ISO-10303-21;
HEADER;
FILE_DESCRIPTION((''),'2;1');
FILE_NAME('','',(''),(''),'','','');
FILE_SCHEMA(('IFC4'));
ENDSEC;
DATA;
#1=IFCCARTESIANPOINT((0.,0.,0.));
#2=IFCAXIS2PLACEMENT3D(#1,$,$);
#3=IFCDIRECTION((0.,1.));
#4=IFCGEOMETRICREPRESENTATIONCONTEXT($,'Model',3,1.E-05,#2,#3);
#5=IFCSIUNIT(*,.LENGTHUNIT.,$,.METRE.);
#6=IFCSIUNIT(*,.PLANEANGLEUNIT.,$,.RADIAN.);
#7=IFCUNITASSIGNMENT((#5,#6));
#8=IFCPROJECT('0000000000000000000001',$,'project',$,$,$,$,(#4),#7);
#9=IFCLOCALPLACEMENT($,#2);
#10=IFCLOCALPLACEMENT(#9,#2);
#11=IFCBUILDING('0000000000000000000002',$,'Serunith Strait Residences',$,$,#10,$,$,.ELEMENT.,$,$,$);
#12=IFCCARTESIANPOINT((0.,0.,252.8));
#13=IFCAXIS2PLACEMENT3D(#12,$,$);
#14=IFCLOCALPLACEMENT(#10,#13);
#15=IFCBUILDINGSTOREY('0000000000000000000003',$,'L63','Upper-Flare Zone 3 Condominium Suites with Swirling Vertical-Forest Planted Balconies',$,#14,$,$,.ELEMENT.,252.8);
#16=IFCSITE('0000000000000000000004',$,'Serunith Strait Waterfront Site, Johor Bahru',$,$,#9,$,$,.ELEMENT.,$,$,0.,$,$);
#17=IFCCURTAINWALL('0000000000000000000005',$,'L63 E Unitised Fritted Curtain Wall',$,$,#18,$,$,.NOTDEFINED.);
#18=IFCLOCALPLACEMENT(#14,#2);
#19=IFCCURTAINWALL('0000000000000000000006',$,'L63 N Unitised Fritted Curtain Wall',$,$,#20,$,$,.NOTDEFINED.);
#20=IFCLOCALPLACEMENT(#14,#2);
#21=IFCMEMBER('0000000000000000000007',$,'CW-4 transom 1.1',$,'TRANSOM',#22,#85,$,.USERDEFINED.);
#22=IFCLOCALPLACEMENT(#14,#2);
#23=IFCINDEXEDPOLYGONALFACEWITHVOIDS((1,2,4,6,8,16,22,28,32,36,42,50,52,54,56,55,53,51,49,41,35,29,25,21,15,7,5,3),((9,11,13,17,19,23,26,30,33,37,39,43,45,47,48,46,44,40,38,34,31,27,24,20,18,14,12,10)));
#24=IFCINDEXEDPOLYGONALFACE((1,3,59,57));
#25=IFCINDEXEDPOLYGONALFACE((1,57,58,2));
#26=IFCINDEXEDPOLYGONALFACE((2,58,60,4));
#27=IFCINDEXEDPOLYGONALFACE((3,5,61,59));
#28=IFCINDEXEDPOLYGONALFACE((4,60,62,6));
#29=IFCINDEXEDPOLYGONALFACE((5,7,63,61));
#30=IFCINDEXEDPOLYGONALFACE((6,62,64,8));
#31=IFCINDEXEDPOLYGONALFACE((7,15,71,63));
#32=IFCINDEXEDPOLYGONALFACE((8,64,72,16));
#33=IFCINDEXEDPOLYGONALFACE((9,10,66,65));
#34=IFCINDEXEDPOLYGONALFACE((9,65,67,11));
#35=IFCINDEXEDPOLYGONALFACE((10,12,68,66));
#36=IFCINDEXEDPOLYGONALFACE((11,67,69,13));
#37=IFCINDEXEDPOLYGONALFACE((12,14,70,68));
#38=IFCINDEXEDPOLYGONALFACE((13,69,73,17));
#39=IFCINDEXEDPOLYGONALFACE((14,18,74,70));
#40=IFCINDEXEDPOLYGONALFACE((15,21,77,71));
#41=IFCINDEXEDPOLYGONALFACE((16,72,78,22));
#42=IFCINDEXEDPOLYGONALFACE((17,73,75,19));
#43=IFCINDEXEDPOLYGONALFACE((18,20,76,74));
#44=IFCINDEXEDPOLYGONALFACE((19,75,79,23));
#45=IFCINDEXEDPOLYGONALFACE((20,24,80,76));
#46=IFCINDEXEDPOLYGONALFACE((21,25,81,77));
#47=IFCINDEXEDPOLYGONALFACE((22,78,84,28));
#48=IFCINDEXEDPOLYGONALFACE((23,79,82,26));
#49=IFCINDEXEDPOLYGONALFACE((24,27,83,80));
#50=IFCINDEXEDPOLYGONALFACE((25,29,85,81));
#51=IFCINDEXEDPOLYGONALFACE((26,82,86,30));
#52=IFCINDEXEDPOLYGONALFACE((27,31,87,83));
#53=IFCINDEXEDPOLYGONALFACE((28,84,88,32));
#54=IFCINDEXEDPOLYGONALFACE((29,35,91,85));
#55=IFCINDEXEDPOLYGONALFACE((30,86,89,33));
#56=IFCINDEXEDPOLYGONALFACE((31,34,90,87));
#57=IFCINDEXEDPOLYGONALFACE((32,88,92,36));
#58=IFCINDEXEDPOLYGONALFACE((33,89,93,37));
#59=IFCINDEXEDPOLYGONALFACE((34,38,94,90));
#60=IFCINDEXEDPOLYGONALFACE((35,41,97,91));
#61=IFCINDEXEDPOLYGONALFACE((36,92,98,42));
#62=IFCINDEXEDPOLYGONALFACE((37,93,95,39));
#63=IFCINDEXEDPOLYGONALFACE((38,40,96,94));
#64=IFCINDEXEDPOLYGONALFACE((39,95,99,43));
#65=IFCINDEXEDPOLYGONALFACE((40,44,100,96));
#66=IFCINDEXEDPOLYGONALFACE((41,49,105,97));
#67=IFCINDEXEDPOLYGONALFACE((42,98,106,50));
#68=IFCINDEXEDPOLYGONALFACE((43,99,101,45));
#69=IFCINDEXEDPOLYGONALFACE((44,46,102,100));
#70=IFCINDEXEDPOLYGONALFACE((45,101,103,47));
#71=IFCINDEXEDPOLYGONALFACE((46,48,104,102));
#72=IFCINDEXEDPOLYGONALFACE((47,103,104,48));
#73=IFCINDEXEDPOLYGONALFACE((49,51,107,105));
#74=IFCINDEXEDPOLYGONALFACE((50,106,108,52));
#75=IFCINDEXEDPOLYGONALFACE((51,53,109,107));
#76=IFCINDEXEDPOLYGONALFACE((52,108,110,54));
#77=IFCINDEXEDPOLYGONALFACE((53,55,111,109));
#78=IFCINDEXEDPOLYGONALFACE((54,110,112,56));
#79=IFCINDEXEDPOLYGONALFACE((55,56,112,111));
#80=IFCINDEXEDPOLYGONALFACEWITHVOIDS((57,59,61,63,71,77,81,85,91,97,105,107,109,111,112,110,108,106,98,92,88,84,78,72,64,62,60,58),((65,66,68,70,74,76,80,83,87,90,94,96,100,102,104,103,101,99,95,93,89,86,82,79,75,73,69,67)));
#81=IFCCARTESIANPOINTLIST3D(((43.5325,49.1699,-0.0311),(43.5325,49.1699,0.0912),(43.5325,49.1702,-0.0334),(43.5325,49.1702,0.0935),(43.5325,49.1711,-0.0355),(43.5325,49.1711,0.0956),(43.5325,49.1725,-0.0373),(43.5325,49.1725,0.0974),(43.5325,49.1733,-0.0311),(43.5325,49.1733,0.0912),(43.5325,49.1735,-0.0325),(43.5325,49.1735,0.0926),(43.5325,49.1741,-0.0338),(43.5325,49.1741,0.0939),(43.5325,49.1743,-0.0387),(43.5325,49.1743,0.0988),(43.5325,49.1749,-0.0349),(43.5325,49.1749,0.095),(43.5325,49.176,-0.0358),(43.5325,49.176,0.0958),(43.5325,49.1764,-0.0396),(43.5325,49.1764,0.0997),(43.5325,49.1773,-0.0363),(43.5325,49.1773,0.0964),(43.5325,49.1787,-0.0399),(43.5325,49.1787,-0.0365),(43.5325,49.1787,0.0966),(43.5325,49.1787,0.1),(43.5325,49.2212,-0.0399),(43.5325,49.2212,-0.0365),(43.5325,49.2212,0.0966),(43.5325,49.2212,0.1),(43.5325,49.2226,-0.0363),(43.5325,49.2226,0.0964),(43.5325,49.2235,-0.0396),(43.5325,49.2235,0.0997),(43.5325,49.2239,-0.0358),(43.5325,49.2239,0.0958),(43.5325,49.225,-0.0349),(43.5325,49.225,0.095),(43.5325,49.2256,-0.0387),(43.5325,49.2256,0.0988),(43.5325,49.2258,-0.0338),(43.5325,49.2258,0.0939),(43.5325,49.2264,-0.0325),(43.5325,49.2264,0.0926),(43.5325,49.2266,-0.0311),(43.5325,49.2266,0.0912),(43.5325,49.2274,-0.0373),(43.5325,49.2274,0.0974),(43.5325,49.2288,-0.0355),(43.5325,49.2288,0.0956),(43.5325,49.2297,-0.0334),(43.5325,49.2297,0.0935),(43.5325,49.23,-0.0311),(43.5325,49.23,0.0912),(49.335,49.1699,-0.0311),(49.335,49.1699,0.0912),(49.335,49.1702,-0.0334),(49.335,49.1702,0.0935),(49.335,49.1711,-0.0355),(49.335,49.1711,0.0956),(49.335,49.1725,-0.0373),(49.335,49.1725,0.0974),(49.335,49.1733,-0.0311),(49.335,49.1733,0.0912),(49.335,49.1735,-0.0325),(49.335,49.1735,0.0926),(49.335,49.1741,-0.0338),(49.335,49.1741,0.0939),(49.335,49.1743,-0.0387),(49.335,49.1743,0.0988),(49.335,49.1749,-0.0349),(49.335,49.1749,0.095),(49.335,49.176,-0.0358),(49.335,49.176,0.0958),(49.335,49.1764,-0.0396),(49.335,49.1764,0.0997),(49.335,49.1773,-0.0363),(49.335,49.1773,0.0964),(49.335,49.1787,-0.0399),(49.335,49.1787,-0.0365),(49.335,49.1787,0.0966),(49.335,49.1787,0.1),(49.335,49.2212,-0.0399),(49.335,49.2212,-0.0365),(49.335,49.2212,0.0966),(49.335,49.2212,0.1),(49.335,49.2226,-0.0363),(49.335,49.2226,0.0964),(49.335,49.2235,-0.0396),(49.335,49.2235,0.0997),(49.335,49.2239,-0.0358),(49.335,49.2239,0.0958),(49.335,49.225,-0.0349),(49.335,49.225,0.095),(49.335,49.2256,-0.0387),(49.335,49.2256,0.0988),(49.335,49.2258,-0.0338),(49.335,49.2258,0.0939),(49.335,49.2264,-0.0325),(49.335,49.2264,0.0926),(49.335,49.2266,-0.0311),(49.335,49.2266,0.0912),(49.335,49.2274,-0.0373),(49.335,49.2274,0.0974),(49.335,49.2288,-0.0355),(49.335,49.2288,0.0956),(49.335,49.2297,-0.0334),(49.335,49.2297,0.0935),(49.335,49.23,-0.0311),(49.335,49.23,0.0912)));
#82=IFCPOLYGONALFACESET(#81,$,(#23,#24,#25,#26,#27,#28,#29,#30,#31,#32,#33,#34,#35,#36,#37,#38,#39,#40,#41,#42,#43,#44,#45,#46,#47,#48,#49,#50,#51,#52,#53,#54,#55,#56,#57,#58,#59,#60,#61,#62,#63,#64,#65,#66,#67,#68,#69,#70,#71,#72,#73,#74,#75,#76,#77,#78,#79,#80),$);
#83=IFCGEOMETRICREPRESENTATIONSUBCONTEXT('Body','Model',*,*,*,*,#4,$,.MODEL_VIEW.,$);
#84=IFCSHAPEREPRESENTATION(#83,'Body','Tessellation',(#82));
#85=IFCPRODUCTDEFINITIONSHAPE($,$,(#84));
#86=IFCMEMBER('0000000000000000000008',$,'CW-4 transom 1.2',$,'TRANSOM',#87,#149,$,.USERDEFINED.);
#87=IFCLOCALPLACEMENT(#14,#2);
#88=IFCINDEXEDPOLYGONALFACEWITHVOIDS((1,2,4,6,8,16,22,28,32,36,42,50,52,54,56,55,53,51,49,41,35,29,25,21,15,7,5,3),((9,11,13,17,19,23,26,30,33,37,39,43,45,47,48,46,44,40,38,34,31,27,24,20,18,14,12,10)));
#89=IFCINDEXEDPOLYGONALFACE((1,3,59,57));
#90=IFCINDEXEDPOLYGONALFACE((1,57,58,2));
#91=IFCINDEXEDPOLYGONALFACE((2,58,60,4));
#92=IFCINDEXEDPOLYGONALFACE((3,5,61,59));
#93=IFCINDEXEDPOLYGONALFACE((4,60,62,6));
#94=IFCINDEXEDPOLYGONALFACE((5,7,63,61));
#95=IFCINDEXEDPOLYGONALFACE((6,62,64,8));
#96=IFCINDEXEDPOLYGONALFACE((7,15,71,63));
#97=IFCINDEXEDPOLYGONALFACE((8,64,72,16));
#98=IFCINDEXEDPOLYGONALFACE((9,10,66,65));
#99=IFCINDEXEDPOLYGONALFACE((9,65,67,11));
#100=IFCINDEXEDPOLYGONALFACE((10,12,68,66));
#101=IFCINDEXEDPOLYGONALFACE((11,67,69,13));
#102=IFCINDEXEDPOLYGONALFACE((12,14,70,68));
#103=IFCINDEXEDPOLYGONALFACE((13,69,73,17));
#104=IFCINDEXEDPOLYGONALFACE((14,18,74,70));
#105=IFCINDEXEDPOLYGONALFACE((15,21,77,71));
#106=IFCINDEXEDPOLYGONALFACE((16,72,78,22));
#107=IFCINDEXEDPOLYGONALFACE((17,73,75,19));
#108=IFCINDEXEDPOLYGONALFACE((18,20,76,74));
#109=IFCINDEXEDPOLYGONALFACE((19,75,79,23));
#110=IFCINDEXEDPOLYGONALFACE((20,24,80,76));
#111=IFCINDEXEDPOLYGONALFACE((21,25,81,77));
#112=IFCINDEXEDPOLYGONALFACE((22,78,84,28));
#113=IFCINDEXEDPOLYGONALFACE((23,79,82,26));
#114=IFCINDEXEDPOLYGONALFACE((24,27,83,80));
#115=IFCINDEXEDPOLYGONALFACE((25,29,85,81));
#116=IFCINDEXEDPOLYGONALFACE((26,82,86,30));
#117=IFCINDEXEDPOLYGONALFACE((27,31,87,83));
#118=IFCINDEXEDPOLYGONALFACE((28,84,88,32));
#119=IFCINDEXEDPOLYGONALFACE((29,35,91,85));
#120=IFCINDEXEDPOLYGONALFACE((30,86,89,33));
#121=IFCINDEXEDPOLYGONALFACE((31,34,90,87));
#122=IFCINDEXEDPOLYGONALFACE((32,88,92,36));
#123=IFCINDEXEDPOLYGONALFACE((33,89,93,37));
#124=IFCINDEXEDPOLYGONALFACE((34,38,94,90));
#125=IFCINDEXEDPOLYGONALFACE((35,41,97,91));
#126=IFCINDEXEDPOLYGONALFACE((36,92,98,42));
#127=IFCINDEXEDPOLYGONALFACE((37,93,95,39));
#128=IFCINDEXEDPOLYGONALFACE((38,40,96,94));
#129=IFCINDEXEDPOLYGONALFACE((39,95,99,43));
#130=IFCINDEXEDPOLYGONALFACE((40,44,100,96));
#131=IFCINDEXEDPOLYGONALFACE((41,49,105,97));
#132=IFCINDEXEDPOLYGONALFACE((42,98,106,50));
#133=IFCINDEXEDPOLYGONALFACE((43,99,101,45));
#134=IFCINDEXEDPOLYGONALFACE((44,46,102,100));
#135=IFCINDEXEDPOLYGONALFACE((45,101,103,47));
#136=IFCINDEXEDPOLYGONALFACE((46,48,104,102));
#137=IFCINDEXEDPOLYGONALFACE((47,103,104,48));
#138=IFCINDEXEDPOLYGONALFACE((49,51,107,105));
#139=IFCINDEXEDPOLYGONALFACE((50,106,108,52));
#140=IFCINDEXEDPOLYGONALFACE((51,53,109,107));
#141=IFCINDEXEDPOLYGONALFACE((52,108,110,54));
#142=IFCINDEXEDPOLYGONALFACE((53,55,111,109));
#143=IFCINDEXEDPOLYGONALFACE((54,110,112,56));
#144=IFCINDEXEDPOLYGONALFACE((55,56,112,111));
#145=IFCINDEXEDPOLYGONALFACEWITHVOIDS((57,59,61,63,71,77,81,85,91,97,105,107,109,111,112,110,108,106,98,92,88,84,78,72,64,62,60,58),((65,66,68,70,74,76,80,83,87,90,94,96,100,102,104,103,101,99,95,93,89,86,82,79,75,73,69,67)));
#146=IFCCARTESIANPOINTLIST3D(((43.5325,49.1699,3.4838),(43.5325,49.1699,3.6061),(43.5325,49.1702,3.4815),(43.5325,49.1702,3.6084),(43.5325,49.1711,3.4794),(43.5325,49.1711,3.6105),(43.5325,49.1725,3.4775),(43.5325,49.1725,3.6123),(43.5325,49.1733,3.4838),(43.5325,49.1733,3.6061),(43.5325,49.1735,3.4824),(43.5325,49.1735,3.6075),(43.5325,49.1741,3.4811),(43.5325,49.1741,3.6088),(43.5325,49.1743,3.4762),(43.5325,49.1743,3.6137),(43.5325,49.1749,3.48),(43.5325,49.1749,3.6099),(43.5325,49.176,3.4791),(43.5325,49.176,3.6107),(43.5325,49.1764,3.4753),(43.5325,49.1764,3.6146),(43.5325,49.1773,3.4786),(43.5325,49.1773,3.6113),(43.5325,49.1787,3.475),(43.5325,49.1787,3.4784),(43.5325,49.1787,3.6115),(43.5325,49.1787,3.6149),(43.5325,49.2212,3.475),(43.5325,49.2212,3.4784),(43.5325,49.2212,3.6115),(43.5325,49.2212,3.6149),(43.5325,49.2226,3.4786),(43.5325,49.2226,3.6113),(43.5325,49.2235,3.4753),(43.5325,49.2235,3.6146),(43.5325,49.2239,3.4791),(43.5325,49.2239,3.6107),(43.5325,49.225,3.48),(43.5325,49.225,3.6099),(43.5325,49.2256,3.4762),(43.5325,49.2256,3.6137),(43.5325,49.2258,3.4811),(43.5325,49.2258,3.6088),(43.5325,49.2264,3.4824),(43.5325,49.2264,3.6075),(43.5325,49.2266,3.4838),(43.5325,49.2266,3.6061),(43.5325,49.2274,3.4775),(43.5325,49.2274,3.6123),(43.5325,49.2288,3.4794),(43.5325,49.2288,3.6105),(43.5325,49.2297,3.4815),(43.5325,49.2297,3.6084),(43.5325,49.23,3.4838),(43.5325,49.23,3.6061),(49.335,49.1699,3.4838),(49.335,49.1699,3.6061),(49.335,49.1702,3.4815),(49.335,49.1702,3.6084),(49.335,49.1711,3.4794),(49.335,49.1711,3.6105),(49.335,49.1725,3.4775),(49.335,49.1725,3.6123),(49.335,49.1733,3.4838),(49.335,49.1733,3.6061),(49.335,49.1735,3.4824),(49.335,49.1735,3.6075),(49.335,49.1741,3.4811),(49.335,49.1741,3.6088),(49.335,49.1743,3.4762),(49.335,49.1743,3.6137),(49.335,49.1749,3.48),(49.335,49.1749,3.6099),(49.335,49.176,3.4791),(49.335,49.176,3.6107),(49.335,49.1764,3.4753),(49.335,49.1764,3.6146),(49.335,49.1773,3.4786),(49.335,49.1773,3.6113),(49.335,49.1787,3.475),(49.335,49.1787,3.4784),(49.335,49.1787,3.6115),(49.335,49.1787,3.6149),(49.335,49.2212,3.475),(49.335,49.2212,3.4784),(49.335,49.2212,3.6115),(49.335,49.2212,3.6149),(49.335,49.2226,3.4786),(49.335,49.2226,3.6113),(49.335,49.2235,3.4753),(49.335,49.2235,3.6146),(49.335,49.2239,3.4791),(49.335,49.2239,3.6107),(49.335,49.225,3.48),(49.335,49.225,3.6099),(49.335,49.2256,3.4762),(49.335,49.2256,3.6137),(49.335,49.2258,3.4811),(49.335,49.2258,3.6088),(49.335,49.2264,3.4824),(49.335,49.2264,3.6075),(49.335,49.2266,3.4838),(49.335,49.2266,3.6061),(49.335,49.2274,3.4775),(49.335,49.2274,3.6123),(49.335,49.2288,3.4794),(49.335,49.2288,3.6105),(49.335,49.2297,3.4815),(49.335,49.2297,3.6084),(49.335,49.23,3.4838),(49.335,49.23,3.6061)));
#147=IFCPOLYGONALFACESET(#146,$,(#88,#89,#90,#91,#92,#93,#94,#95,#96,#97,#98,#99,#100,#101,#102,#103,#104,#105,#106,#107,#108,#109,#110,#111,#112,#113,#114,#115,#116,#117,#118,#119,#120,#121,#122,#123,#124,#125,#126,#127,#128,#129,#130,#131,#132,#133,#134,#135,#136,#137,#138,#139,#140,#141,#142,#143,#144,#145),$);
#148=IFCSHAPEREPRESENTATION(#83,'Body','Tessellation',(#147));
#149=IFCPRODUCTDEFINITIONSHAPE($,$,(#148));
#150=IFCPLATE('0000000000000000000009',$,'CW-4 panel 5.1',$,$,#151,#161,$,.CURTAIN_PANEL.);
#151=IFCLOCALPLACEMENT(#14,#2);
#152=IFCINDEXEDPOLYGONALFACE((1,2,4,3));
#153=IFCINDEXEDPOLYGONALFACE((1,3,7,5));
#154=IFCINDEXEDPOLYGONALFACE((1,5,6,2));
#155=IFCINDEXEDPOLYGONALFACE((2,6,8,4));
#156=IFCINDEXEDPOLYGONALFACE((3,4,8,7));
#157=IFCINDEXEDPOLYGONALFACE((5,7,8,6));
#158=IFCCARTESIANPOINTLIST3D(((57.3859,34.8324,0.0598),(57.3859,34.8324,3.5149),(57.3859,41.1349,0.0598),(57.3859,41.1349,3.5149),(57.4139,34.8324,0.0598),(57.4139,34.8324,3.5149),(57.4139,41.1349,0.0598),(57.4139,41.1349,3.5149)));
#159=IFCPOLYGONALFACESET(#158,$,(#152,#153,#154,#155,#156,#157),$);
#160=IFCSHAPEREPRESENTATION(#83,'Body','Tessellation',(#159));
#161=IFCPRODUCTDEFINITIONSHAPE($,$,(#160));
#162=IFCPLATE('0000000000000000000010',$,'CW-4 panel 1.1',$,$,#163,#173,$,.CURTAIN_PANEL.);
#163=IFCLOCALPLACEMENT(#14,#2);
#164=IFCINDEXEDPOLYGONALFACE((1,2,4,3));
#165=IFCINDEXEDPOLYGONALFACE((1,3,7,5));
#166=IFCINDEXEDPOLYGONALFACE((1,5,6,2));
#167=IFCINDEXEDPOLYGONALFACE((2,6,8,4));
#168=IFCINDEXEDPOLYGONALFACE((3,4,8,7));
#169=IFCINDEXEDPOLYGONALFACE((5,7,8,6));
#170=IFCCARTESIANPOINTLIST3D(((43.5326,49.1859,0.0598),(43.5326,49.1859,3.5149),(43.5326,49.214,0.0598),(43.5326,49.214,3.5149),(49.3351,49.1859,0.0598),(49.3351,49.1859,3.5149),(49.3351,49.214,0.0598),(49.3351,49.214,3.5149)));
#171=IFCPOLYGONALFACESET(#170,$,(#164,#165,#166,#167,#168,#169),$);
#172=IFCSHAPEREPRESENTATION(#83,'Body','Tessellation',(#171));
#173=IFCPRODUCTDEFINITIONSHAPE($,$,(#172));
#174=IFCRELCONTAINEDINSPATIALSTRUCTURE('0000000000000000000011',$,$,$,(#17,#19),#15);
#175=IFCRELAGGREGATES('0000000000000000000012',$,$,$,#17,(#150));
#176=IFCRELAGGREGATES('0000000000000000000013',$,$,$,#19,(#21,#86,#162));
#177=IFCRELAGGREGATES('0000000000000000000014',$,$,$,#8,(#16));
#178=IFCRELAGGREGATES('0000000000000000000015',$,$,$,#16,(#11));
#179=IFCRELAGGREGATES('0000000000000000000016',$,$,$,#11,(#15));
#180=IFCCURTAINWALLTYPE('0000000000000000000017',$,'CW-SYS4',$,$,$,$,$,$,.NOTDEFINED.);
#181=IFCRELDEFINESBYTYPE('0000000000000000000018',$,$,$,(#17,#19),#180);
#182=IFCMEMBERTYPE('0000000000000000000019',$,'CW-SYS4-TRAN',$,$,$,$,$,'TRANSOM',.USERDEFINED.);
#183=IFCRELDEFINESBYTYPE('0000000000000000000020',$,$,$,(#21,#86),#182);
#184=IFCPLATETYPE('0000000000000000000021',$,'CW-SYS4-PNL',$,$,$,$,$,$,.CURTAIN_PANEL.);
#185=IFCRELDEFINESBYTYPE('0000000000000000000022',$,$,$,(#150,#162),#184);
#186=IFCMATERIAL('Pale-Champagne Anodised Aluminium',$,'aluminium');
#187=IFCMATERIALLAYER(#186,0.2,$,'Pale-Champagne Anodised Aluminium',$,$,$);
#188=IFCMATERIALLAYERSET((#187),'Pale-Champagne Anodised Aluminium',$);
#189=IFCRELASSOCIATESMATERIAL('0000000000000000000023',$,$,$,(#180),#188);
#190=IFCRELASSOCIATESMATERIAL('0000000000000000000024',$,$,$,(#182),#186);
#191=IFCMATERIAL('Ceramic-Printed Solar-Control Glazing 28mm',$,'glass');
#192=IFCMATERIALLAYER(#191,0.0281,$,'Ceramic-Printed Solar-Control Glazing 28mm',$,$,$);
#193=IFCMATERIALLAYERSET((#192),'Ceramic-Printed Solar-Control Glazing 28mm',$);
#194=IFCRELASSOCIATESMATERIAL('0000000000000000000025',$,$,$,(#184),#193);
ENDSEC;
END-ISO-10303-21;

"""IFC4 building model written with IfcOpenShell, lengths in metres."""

from ifc_helpers import new_model, si_unit, direction, frame, origin, origin_2d, place, context, subcontext, project, spatial, rectangle, hollow_rectangle, extrude, source, transform, mapped, material, layer, layer_set, material_profile, profile_set, type_object, element, aggregate, save


model = new_model("IFC4")

# Units and contexts
model_context = context("Model", 3, precision=1e-05, world=origin(), true_north=direction((0.0, 1.0)))
body_context = subcontext(model_context, "Body", "Model", "MODEL_VIEW")
ifc_project = project(units=[si_unit("LENGTHUNIT", "METRE"), si_unit("PLANEANGLEUNIT", "RADIAN")], contexts=[model_context])

# Site, building, storey
site_placement = place(None, origin())
site = spatial("IfcSite", under=ifc_project, at=site_placement, Name="Serunith Strait Waterfront Site, Johor Bahru", CompositionType="ELEMENT", RefElevation=0.0)
building_placement = place(site_placement, origin())
building = spatial("IfcBuilding", under=site, at=building_placement, Name="Serunith Strait Residences", CompositionType="ELEMENT")
storey_placement = place(building_placement, frame((0.0, 0.0, 252.8)))
storey = spatial("IfcBuildingStorey", under=building, at=storey_placement, Name="L63", Description="Upper-Flare Zone 3 Condominium Suites with Swirling Vertical-Forest Planted Balconies", CompositionType="ELEMENT", Elevation=252.8)

# Curtain wall
ifc_material_1 = material(Name="Pale-Champagne Anodised Aluminium", Category="aluminium")
ifc_layer_1 = layer(ifc_material_1, 0.2, Name="Pale-Champagne Anodised Aluminium")
ifc_layer_set_1 = layer_set([ifc_layer_1], Name="Pale-Champagne Anodised Aluminium")
curtain_wall_type = type_object("IfcCurtainWallType", Name="CW-SYS4", PredefinedType="NOTDEFINED", material=ifc_layer_set_1)
curtain_wall_1_placement = place(storey_placement, origin())
curtain_wall_1 = element("IfcCurtainWall", 1, at=curtain_wall_1_placement, inside=storey, type_object=curtain_wall_type, Name="L63 E Unitised Fritted Curtain Wall", PredefinedType="NOTDEFINED")

# Curtain wall, members
curtain_wall_2_placement = place(storey_placement, origin())
curtain_wall_2 = element("IfcCurtainWall", 2, at=curtain_wall_2_placement, inside=storey, type_object=curtain_wall_type, Name="L63 N Unitised Fritted Curtain Wall", PredefinedType="NOTDEFINED")
ifc_material_profile_1 = material_profile(ifc_material_1, hollow_rectangle(XDim=0.0601, YDim=0.1399, WallThickness=0.0034, InnerFilletRadius=0.0054, OuterFilletRadius=0.0088, at=origin_2d()), Name="ALU 140x60x3.5")
ifc_profile_set_1 = profile_set([ifc_material_profile_1], Name="Pale-Champagne Anodised Aluminium")
member_type_1 = type_object("IfcMemberType", Name="CW-SYS4-TRAN", ElementType="TRANSOM", PredefinedType="USERDEFINED", material=ifc_profile_set_1)
shared_shape_1 = source(origin(), body_context, "Body", "SweptSolid", [
    extrude(hollow_rectangle(XDim=0.0601, YDim=0.1399, WallThickness=0.0034, InnerFilletRadius=0.0054, OuterFilletRadius=0.0088, at=origin_2d()), origin(), (0.0, 0.0, 1.0), 5.8025),
])
member_1_placement = place(storey_placement, frame((49.335, 49.2, 0.03), z_axis=(-1.0, 0.0, 0.0), x_axis=(0.0, -1.0, 0.0)))
member_1 = element("IfcMember", 3, at=member_1_placement, type_object=member_type_1, Name="CW-4 transom 1.1", ObjectType="TRANSOM", PredefinedType="USERDEFINED", context=body_context, shape_type="MappedRepresentation", body=[
    mapped(shared_shape_1, transform((0.0, 0.0, 0.0), scale=1.0)),
])
member_2_placement = place(storey_placement, frame((49.335, 49.2, 3.5449), z_axis=(-1.0, 0.0, 0.0), x_axis=(0.0, -1.0, 0.0)))
member_2 = element("IfcMember", 4, at=member_2_placement, type_object=member_type_1, Name="CW-4 transom 1.2", ObjectType="TRANSOM", PredefinedType="USERDEFINED", context=body_context, shape_type="MappedRepresentation", body=[
    mapped(shared_shape_1, transform((0.0, 0.0, 0.0), scale=1.0)),
])

# Plates
ifc_material_2 = material(Name="Ceramic-Printed Solar-Control Glazing 28mm", Category="glass")
ifc_layer_2 = layer(ifc_material_2, 0.0281, Name="Ceramic-Printed Solar-Control Glazing 28mm")
ifc_layer_set_2 = layer_set([ifc_layer_2], Name="Ceramic-Printed Solar-Control Glazing 28mm")
plate_type = type_object("IfcPlateType", Name="CW-SYS4-PNL", PredefinedType="CURTAIN_PANEL", material=ifc_layer_set_2)
shared_shape_2 = source(origin(), body_context, "Body", "SweptSolid", [
    extrude(rectangle(XDim=6.3025, YDim=0.0281, at=origin_2d()), origin(), (0.0, 0.0, 1.0), 3.4551),
])
plate_1_placement = place(storey_placement, frame((57.3999, 37.9836, 0.0598), z_axis=(0.0, 0.0, 1.0), x_axis=(0.0, 1.0, 0.0)))
plate_1 = element("IfcPlate", 5, at=plate_1_placement, type_object=plate_type, Name="CW-4 panel 5.1", PredefinedType="CURTAIN_PANEL", context=body_context, shape_type="MappedRepresentation", body=[
    mapped(shared_shape_2, transform((0.0, 0.0, 0.0), scale=1.0)),
])
aggregate(curtain_wall_1, [plate_1])
shared_shape_3 = source(origin(), body_context, "Body", "SweptSolid", [
    extrude(rectangle(XDim=5.8025, YDim=0.0281, at=origin_2d()), origin(), (0.0, 0.0, 1.0), 3.4551),
])
plate_2_placement = place(storey_placement, frame((46.4338, 49.2, 0.0598), z_axis=(0.0, 0.0, 1.0), x_axis=(-1.0, 0.0, 0.0)))
plate_2 = element("IfcPlate", 6, at=plate_2_placement, type_object=plate_type, Name="CW-4 panel 1.1", PredefinedType="CURTAIN_PANEL", context=body_context, shape_type="MappedRepresentation", body=[
    mapped(shared_shape_3, transform((0.0, 0.0, 0.0), scale=1.0)),
])
aggregate(curtain_wall_2, [member_1, member_2, plate_2])

save(model, "model.ifc")
